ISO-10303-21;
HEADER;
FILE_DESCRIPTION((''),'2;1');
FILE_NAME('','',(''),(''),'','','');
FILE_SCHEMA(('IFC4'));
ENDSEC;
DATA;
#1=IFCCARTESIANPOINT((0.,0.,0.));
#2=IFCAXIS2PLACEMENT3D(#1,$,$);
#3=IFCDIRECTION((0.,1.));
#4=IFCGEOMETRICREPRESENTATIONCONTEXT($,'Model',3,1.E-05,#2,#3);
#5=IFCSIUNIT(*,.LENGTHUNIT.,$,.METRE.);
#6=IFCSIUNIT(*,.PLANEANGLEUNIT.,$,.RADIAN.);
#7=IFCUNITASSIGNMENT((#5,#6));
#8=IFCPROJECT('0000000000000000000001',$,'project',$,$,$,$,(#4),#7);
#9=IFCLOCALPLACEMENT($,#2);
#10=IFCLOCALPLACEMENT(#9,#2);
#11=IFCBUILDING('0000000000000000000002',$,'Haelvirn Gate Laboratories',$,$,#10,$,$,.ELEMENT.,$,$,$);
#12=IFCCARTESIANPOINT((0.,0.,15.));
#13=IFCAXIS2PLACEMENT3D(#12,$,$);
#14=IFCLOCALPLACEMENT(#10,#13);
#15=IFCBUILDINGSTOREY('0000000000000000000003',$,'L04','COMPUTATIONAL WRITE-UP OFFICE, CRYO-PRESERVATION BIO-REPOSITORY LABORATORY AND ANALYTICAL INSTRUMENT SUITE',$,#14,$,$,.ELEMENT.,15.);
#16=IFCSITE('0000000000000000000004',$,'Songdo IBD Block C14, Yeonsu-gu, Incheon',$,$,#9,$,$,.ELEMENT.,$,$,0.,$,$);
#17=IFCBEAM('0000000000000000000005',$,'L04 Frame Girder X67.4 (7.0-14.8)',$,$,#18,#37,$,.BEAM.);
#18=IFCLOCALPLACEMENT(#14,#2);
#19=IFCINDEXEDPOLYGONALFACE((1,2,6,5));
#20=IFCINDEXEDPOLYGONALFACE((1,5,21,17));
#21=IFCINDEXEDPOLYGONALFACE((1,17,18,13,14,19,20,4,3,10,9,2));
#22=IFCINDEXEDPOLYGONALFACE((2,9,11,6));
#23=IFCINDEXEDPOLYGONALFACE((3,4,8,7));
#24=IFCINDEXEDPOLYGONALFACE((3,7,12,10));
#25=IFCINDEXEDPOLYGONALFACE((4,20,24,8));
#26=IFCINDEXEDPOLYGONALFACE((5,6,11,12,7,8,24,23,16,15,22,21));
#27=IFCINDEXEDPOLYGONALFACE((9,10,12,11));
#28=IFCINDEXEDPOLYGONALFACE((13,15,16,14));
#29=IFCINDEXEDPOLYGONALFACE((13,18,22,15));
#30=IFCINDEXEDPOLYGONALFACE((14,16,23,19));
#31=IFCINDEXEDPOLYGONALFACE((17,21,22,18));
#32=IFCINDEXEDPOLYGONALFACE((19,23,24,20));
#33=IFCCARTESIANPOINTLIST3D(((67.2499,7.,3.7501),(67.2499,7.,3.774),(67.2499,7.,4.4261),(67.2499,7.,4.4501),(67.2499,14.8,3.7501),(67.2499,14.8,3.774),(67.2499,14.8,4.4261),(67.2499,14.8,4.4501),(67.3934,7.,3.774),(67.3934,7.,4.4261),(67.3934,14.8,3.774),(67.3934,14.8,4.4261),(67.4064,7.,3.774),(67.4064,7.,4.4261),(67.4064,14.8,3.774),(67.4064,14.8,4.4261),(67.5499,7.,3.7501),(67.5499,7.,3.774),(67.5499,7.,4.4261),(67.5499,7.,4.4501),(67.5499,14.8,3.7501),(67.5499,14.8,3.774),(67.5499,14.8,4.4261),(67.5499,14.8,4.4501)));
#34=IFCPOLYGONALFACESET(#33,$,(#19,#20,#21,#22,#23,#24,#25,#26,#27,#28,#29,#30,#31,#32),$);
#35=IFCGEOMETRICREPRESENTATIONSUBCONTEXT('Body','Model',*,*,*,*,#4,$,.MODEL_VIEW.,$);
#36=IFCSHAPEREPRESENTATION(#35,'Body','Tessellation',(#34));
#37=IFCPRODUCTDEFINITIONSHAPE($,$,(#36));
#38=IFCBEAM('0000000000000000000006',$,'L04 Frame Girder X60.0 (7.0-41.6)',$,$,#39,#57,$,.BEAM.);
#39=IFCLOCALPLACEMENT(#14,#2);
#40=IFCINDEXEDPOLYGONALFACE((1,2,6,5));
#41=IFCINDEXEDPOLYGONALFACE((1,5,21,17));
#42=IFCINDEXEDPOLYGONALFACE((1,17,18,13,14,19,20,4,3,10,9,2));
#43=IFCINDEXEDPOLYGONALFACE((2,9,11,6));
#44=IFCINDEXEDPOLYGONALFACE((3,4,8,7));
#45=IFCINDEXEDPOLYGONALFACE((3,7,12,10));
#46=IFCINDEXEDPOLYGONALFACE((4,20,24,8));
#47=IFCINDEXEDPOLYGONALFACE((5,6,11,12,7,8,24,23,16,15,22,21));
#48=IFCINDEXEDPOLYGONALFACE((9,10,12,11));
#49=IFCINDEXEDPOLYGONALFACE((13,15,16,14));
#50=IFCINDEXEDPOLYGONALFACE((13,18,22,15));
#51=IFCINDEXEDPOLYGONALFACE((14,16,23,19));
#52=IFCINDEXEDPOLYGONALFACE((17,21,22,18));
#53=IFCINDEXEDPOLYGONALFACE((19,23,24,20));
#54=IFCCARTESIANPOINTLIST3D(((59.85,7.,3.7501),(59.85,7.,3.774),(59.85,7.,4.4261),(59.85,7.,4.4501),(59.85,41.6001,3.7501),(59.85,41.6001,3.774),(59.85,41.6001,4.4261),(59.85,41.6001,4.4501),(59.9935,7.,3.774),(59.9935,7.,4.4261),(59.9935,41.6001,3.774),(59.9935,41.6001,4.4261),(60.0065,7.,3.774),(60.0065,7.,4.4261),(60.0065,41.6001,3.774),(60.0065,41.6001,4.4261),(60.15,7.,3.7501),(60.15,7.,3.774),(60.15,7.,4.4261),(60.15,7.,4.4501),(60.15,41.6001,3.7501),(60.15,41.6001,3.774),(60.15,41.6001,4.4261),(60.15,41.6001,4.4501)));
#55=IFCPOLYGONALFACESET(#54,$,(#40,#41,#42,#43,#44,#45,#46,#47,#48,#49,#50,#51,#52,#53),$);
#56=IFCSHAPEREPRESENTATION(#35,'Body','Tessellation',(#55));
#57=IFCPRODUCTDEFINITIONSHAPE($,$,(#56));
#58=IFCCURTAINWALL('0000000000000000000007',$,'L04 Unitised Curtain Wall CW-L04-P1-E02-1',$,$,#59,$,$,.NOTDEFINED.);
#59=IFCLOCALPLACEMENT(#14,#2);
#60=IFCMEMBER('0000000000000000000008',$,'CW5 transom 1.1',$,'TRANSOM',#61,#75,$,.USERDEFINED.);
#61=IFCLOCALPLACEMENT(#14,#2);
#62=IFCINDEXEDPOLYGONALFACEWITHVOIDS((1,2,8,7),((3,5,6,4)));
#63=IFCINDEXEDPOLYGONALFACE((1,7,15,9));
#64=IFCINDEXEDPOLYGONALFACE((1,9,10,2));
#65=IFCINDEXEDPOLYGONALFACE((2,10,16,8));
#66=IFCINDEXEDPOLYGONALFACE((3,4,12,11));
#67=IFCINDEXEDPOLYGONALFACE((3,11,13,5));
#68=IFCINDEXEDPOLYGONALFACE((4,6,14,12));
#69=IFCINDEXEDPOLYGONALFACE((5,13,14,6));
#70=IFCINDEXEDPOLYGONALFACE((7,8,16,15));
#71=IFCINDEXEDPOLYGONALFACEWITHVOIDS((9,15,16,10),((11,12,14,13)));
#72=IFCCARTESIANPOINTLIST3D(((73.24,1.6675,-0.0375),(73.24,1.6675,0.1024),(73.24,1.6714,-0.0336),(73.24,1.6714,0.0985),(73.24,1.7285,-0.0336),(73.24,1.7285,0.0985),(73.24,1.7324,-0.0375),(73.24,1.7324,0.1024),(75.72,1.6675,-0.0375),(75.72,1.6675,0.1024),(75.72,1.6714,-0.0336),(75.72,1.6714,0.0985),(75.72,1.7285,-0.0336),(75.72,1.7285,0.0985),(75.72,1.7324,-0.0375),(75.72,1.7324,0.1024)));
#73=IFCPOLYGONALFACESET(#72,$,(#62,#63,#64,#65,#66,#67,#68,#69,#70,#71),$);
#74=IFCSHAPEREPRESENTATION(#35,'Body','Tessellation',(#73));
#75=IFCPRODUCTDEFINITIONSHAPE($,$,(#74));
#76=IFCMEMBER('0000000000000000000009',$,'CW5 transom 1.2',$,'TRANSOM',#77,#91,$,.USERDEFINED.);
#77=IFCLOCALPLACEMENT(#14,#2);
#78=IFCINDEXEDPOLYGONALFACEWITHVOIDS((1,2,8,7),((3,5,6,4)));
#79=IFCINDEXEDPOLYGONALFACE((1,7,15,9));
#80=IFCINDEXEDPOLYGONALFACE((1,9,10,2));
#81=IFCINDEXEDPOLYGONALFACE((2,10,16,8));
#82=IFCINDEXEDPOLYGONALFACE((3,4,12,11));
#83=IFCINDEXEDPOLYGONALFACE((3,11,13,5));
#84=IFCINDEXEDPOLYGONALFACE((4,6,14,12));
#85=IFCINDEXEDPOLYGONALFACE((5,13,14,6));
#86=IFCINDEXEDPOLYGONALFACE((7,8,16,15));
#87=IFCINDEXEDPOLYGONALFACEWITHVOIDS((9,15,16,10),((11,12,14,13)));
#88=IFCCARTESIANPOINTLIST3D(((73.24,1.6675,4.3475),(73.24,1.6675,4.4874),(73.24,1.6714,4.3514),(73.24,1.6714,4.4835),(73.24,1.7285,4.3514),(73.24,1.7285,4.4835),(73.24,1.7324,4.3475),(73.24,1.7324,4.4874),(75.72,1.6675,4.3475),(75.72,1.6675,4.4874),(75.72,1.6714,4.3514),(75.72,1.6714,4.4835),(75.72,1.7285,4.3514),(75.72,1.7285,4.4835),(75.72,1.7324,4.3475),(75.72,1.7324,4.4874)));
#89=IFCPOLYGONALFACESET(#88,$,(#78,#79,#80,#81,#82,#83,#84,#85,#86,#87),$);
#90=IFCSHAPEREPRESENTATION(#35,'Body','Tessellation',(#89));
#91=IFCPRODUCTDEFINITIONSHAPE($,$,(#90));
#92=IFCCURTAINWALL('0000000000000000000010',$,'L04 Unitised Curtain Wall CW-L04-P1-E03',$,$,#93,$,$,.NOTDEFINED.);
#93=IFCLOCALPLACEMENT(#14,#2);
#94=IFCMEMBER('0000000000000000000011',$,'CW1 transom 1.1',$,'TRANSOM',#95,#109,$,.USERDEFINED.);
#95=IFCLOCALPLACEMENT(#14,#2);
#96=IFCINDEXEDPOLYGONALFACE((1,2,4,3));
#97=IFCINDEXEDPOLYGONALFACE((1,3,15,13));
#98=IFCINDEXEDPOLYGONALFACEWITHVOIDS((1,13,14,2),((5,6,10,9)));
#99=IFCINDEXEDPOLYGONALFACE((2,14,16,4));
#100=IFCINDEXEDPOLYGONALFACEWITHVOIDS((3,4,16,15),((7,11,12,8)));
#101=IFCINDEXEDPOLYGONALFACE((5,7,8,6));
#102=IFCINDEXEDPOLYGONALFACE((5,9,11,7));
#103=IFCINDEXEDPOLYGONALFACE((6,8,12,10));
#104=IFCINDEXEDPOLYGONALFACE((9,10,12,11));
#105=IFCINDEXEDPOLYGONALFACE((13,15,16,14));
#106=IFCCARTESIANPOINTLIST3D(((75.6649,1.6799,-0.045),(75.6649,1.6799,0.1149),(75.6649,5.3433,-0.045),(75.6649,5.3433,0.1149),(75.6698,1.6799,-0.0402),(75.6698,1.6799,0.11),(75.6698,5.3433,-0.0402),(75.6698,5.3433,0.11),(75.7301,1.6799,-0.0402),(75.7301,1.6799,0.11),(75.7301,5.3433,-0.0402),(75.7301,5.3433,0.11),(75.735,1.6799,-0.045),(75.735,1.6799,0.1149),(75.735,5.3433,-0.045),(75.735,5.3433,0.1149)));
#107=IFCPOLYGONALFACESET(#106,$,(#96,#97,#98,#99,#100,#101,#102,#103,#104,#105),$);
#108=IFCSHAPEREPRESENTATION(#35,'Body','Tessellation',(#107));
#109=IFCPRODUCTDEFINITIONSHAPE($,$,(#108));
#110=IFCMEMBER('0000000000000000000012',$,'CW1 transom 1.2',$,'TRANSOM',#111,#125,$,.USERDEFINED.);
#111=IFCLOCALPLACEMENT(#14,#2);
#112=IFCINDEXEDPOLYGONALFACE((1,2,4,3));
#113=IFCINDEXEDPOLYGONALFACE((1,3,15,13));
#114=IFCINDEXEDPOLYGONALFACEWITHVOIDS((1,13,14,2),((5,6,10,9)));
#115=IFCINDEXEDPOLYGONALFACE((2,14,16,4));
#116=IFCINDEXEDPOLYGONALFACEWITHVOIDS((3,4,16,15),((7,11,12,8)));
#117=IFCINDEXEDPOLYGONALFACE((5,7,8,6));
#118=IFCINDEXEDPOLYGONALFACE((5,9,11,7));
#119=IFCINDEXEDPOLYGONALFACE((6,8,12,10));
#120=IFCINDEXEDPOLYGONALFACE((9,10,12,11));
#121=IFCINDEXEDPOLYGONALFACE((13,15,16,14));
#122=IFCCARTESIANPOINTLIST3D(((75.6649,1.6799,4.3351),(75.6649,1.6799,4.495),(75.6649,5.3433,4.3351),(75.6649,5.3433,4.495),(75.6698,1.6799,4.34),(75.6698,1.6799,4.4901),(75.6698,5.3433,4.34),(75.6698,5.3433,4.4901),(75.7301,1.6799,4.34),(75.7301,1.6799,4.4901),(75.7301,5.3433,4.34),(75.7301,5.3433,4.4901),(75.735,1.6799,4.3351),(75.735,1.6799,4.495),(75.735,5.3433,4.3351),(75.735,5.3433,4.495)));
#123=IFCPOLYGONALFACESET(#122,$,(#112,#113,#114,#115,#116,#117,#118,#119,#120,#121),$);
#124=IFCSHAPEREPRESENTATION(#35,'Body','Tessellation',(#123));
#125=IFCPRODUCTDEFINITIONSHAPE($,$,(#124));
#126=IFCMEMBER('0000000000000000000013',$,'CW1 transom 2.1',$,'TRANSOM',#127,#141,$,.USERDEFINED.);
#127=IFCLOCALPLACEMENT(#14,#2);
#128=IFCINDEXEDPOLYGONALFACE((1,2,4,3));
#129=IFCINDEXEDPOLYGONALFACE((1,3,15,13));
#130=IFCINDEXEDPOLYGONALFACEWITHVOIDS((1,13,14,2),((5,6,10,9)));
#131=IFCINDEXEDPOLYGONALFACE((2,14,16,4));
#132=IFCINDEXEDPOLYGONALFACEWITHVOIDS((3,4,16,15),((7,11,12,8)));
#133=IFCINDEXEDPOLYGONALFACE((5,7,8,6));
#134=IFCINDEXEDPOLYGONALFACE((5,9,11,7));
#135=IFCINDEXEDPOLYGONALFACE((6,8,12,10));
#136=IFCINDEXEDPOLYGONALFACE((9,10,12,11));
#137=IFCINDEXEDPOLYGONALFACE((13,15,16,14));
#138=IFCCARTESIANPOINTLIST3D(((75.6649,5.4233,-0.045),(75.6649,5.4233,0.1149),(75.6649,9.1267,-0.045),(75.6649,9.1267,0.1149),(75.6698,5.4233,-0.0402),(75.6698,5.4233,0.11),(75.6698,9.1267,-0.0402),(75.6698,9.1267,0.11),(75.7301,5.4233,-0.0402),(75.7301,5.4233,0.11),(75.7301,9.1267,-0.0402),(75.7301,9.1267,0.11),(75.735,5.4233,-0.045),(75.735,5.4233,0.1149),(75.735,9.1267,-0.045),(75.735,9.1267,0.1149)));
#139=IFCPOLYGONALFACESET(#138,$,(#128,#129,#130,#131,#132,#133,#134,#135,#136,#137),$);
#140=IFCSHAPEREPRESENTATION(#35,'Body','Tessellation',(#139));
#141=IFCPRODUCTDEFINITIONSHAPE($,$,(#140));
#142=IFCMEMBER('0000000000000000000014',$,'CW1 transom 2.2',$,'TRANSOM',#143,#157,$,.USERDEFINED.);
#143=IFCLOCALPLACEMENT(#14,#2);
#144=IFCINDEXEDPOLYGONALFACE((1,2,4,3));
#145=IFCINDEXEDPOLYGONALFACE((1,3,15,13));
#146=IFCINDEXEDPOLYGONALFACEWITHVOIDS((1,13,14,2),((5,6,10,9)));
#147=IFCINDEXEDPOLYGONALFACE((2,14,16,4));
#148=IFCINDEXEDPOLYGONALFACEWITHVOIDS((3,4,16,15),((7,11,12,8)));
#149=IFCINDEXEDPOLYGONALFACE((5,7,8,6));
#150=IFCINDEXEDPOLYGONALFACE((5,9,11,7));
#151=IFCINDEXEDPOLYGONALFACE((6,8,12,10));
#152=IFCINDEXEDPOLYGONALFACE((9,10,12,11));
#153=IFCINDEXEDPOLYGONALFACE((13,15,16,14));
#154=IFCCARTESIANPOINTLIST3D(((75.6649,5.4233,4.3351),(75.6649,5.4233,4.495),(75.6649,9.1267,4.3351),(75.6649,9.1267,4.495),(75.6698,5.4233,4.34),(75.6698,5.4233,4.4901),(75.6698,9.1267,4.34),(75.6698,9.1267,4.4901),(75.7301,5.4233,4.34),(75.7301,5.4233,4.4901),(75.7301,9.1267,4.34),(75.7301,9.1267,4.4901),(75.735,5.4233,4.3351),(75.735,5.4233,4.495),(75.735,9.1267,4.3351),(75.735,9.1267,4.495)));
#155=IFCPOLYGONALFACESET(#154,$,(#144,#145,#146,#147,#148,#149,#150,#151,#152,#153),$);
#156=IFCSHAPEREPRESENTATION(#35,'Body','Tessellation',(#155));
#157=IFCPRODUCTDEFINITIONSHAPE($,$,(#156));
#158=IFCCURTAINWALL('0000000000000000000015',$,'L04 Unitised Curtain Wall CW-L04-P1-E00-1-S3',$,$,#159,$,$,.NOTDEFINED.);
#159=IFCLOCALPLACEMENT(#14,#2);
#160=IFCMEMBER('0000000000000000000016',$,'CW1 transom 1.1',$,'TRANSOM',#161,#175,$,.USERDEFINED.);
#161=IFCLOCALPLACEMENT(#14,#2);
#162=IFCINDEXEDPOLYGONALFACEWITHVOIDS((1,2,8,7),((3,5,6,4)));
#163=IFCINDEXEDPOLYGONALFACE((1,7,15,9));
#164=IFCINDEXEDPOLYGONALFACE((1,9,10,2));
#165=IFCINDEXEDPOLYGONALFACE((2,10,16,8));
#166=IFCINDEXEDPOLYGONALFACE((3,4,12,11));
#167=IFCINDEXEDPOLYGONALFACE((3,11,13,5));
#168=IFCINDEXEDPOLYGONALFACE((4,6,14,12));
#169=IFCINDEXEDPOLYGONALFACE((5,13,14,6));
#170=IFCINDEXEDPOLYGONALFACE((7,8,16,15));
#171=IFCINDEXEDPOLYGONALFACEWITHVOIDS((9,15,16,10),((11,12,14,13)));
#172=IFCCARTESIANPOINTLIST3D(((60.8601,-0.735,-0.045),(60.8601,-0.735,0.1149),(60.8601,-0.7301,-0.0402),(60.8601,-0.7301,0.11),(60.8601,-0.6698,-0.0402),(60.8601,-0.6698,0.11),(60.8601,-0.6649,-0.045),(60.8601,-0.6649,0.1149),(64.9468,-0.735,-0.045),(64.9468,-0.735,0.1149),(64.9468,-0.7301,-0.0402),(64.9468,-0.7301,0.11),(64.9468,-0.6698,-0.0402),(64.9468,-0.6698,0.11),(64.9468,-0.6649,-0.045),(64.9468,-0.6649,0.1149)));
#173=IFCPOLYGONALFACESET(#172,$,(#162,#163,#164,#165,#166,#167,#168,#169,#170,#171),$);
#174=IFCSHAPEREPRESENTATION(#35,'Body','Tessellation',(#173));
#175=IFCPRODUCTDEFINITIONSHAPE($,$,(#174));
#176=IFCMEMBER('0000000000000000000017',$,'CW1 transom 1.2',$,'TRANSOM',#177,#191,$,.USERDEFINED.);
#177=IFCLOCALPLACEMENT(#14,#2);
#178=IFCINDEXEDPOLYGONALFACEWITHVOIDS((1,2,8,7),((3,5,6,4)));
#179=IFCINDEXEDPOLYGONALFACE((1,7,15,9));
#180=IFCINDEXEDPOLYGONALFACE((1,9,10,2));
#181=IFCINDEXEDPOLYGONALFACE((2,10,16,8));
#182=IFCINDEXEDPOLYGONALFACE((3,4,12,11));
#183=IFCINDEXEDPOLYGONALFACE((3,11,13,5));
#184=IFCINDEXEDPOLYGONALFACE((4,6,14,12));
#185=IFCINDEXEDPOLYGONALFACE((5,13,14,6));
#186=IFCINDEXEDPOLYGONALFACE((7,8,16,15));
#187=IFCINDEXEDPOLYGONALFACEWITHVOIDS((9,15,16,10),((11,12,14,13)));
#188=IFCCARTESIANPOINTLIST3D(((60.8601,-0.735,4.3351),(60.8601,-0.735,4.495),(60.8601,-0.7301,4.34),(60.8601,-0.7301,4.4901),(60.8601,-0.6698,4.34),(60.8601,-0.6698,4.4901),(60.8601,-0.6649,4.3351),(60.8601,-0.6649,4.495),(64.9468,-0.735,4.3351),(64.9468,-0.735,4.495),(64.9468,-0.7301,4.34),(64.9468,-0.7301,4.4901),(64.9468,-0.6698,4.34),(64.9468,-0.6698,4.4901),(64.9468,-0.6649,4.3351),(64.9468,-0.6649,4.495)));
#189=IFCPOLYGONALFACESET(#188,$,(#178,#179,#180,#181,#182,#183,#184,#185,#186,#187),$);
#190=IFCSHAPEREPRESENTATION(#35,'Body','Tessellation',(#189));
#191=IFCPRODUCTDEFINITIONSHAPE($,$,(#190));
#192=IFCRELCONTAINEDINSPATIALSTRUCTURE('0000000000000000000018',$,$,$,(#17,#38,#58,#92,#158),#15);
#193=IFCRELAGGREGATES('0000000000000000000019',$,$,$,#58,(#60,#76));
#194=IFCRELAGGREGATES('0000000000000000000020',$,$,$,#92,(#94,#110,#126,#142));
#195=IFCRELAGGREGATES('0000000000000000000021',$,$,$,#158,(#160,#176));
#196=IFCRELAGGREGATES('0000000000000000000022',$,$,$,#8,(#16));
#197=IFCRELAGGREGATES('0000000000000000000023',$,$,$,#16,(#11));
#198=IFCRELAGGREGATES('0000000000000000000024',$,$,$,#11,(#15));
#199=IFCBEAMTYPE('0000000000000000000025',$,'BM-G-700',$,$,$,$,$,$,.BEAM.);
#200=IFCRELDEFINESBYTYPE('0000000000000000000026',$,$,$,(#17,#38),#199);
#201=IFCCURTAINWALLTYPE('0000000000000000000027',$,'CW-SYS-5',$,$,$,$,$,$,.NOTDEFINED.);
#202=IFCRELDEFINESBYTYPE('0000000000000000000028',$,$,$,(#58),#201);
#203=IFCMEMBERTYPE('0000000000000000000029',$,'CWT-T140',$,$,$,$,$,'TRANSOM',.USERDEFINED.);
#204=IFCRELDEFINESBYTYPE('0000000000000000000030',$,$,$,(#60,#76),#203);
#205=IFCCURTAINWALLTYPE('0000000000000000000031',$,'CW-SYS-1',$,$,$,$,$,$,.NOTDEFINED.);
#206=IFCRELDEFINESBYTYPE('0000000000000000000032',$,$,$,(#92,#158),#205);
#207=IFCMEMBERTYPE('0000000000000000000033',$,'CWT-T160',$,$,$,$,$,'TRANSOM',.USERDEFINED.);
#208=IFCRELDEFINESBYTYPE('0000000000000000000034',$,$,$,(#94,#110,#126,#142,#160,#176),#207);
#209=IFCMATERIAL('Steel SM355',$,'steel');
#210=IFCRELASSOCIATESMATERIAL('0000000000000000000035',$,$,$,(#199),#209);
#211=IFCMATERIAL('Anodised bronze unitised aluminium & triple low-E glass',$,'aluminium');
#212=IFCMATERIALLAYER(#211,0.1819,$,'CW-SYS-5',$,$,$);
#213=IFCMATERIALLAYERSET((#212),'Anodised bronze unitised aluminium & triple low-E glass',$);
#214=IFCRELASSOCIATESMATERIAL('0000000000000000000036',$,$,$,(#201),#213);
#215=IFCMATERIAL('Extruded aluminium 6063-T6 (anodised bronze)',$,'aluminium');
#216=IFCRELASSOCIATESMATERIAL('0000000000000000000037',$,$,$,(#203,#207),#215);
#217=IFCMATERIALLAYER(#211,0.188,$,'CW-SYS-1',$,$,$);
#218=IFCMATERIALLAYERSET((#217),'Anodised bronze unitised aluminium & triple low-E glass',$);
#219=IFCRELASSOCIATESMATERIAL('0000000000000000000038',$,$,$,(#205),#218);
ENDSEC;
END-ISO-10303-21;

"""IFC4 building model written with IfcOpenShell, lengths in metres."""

from ifc_helpers import new_model, si_unit, direction, frame, origin, origin_2d, place, context, subcontext, project, spatial, hollow_rectangle, i_section, extrude, source, transform, mapped, material, layer, layer_set, material_profile, profile_set, type_object, type_shapes, element, aggregate, save


model = new_model("IFC4")

# Units and contexts
model_context = context("Model", 3, precision=1e-05, world=origin(), true_north=direction((0.0, 1.0)))
body_context = subcontext(model_context, "Body", "Model", "MODEL_VIEW")
ifc_project = project(units=[si_unit("LENGTHUNIT", "METRE"), si_unit("PLANEANGLEUNIT", "RADIAN")], contexts=[model_context])

# Site, building, storey
site_placement = place(None, origin())
site = spatial("IfcSite", under=ifc_project, at=site_placement, Name="Songdo IBD Block C14, Yeonsu-gu, Incheon", CompositionType="ELEMENT", RefElevation=0.0)
building_placement = place(site_placement, origin())
building = spatial("IfcBuilding", under=site, at=building_placement, Name="Haelvirn Gate Laboratories", CompositionType="ELEMENT")
storey_placement = place(building_placement, frame((0.0, 0.0, 15.0)))
storey = spatial("IfcBuildingStorey", under=building, at=storey_placement, Name="L04", Description="COMPUTATIONAL WRITE-UP OFFICE, CRYO-PRESERVATION BIO-REPOSITORY LABORATORY AND ANALYTICAL INSTRUMENT SUITE", CompositionType="ELEMENT", Elevation=15.0)

# Beams
ifc_material_1 = material(Name="Steel SM355", Category="steel")
ifc_material_profile_1 = material_profile(ifc_material_1, i_section(OverallWidth=0.3, OverallDepth=0.7, WebThickness=0.0129, FlangeThickness=0.0239, at=origin_2d()), Name="H-700x300x13x24")
ifc_profile_set_1 = profile_set([ifc_material_profile_1], Name="Steel SM355")
beam_type_1 = type_object("IfcBeamType", Name="BM-G-700", PredefinedType="BEAM", material=ifc_profile_set_1)
shared_shape_1 = source(origin(), body_context, "Body", "SweptSolid", [
    extrude(i_section(OverallWidth=0.3, OverallDepth=0.7, WebThickness=0.0129, FlangeThickness=0.0239, at=origin_2d()), origin(), (0.0, 0.0, 1.0), 7.8),
])
beam_1_placement = place(storey_placement, frame((67.3999, 7.0, 4.1001), z_axis=(0.0, 1.0, 0.0), x_axis=(-1.0, 0.0, 0.0)))
element("IfcBeam", 1, at=beam_1_placement, inside=storey, type_object=beam_type_1, Name="L04 Frame Girder X67.4 (7.0-14.8)", PredefinedType="BEAM", context=body_context, shape_type="MappedRepresentation", body=[
    mapped(shared_shape_1, transform((0.0, 0.0, 0.0), scale=1.0)),
])
shared_shape_2 = source(origin(), body_context, "Body", "SweptSolid", [
    extrude(i_section(OverallWidth=0.3, OverallDepth=0.7, WebThickness=0.0129, FlangeThickness=0.0239, at=origin_2d()), origin(), (0.0, 0.0, 1.0), 34.6001),
])
beam_2_placement = place(storey_placement, frame((60.0, 7.0, 4.1001), z_axis=(0.0, 1.0, 0.0), x_axis=(-1.0, 0.0, 0.0)))
element("IfcBeam", 2, at=beam_2_placement, inside=storey, type_object=beam_type_1, Name="L04 Frame Girder X60.0 (7.0-41.6)", PredefinedType="BEAM", context=body_context, shape_type="MappedRepresentation", body=[
    mapped(shared_shape_2, transform((0.0, 0.0, 0.0), scale=1.0)),
])

# Curtain walls, members
ifc_material_2 = material(Name="Anodised bronze unitised aluminium & triple low-E glass", Category="aluminium")
ifc_layer_1 = layer(ifc_material_2, 0.1819, Name="CW-SYS-5")
ifc_layer_set_1 = layer_set([ifc_layer_1], Name="Anodised bronze unitised aluminium & triple low-E glass")
curtain_wall_type_1 = type_object("IfcCurtainWallType", Name="CW-SYS-5", PredefinedType="NOTDEFINED", material=ifc_layer_set_1)
curtain_wall_1_placement = place(storey_placement, origin())
curtain_wall_1 = element("IfcCurtainWall", 3, at=curtain_wall_1_placement, inside=storey, type_object=curtain_wall_type_1, Name="L04 Unitised Curtain Wall CW-L04-P1-E02-1", PredefinedType="NOTDEFINED")
ifc_material_3 = material(Name="Extruded aluminium 6063-T6 (anodised bronze)", Category="aluminium")
ifc_material_profile_2 = material_profile(ifc_material_3, hollow_rectangle(XDim=0.0649, YDim=0.1399, WallThickness=0.0039, at=origin_2d()), Name="CWT-140x65x4")
ifc_profile_set_2 = profile_set([ifc_material_profile_2], Name="Extruded aluminium 6063-T6 (anodised bronze)")
member_type_1 = type_object("IfcMemberType", Name="CWT-T140", ElementType="TRANSOM", PredefinedType="USERDEFINED", material=ifc_profile_set_2)
shared_shape_3 = source(origin(), body_context, "Body", "SweptSolid", [
    extrude(hollow_rectangle(XDim=0.0649, YDim=0.1399, WallThickness=0.0039, at=origin_2d()), origin(), (0.0, 0.0, 1.0), 2.48),
])
type_shapes(member_type_1, [shared_shape_3])
member_1_placement = place(storey_placement, frame((73.24, 1.7, 0.0325), z_axis=(1.0, 0.0, 0.0), x_axis=(0.0, 1.0, 0.0)))
member_1 = element("IfcMember", 4, at=member_1_placement, type_object=member_type_1, Name="CW5 transom 1.1", ObjectType="TRANSOM", PredefinedType="USERDEFINED", context=body_context, shape_type="MappedRepresentation", body=[
    mapped(shared_shape_3, transform((0.0, 0.0, 0.0), scale=1.0)),
])
member_2_placement = place(storey_placement, frame((73.24, 1.7, 4.4175), z_axis=(1.0, 0.0, 0.0), x_axis=(0.0, 1.0, 0.0)))
member_2 = element("IfcMember", 5, at=member_2_placement, type_object=member_type_1, Name="CW5 transom 1.2", ObjectType="TRANSOM", PredefinedType="USERDEFINED", context=body_context, shape_type="MappedRepresentation", body=[
    mapped(shared_shape_3, transform((0.0, 0.0, 0.0), scale=1.0)),
])
ifc_layer_2 = layer(ifc_material_2, 0.188, Name="CW-SYS-1")
ifc_layer_set_2 = layer_set([ifc_layer_2], Name="Anodised bronze unitised aluminium & triple low-E glass")
curtain_wall_type_2 = type_object("IfcCurtainWallType", Name="CW-SYS-1", PredefinedType="NOTDEFINED", material=ifc_layer_set_2)
curtain_wall_2_placement = place(storey_placement, origin())
curtain_wall_2 = element("IfcCurtainWall", 6, at=curtain_wall_2_placement, inside=storey, type_object=curtain_wall_type_2, Name="L04 Unitised Curtain Wall CW-L04-P1-E03", PredefinedType="NOTDEFINED")
ifc_material_profile_3 = material_profile(ifc_material_3, hollow_rectangle(XDim=0.0701, YDim=0.1599, WallThickness=0.0049, at=origin_2d()), Name="CWT-160x70x5")
ifc_profile_set_3 = profile_set([ifc_material_profile_3], Name="Extruded aluminium 6063-T6 (anodised bronze)")
member_type_2 = type_object("IfcMemberType", Name="CWT-T160", ElementType="TRANSOM", PredefinedType="USERDEFINED", material=ifc_profile_set_3)
shared_shape_4 = source(origin(), body_context, "Body", "SweptSolid", [
    extrude(hollow_rectangle(XDim=0.0701, YDim=0.1599, WallThickness=0.0049, at=origin_2d()), origin(), (0.0, 0.0, 1.0), 3.6633),
])
member_3_placement = place(storey_placement, frame((75.7, 1.6799, 0.0349), z_axis=(0.0, 1.0, 0.0), x_axis=(-1.0, 0.0, 0.0)))
member_3 = element("IfcMember", 7, at=member_3_placement, type_object=member_type_2, Name="CW1 transom 1.1", ObjectType="TRANSOM", PredefinedType="USERDEFINED", context=body_context, shape_type="MappedRepresentation", body=[
    mapped(shared_shape_4, transform((0.0, 0.0, 0.0), scale=1.0)),
])
member_4_placement = place(storey_placement, frame((75.7, 1.6799, 4.415), z_axis=(0.0, 1.0, 0.0), x_axis=(-1.0, 0.0, 0.0)))
member_4 = element("IfcMember", 8, at=member_4_placement, type_object=member_type_2, Name="CW1 transom 1.2", ObjectType="TRANSOM", PredefinedType="USERDEFINED", context=body_context, shape_type="MappedRepresentation", body=[
    mapped(shared_shape_4, transform((0.0, 0.0, 0.0), scale=1.0)),
])
shared_shape_5 = source(origin(), body_context, "Body", "SweptSolid", [
    extrude(hollow_rectangle(XDim=0.0701, YDim=0.1599, WallThickness=0.0049, at=origin_2d()), origin(), (0.0, 0.0, 1.0), 3.7034),
])
member_5_placement = place(storey_placement, frame((75.7, 5.4233, 0.0349), z_axis=(0.0, 1.0, 0.0), x_axis=(-1.0, 0.0, 0.0)))
member_5 = element("IfcMember", 9, at=member_5_placement, type_object=member_type_2, Name="CW1 transom 2.1", ObjectType="TRANSOM", PredefinedType="USERDEFINED", context=body_context, shape_type="MappedRepresentation", body=[
    mapped(shared_shape_5, transform((0.0, 0.0, 0.0), scale=1.0)),
])
member_6_placement = place(storey_placement, frame((75.7, 5.4233, 4.415), z_axis=(0.0, 1.0, 0.0), x_axis=(-1.0, 0.0, 0.0)))
member_6 = element("IfcMember", 10, at=member_6_placement, type_object=member_type_2, Name="CW1 transom 2.2", ObjectType="TRANSOM", PredefinedType="USERDEFINED", context=body_context, shape_type="MappedRepresentation", body=[
    mapped(shared_shape_5, transform((0.0, 0.0, 0.0), scale=1.0)),
])
curtain_wall_3_placement = place(storey_placement, origin())
curtain_wall_3 = element("IfcCurtainWall", 11, at=curtain_wall_3_placement, inside=storey, type_object=curtain_wall_type_2, Name="L04 Unitised Curtain Wall CW-L04-P1-E00-1-S3", PredefinedType="NOTDEFINED")
shared_shape_6 = source(origin(), body_context, "Body", "SweptSolid", [
    extrude(hollow_rectangle(XDim=0.0701, YDim=0.1599, WallThickness=0.0049, at=origin_2d()), origin(), (0.0, 0.0, 1.0), 4.0867),
])
member_7_placement = place(storey_placement, frame((60.8601, -0.7, 0.0349), z_axis=(1.0, 0.0, 0.0), x_axis=(0.0, 1.0, 0.0)))
member_7 = element("IfcMember", 12, at=member_7_placement, type_object=member_type_2, Name="CW1 transom 1.1", ObjectType="TRANSOM", PredefinedType="USERDEFINED", context=body_context, shape_type="MappedRepresentation", body=[
    mapped(shared_shape_6, transform((0.0, 0.0, 0.0), scale=1.0)),
])
member_8_placement = place(storey_placement, frame((60.8601, -0.7, 4.415), z_axis=(1.0, 0.0, 0.0), x_axis=(0.0, 1.0, 0.0)))
member_8 = element("IfcMember", 13, at=member_8_placement, type_object=member_type_2, Name="CW1 transom 1.2", ObjectType="TRANSOM", PredefinedType="USERDEFINED", context=body_context, shape_type="MappedRepresentation", body=[
    mapped(shared_shape_6, transform((0.0, 0.0, 0.0), scale=1.0)),
])

aggregate(curtain_wall_1, [member_1, member_2])
aggregate(curtain_wall_2, [member_3, member_4, member_5, member_6])
aggregate(curtain_wall_3, [member_7, member_8])

save(model, "model.ifc")
